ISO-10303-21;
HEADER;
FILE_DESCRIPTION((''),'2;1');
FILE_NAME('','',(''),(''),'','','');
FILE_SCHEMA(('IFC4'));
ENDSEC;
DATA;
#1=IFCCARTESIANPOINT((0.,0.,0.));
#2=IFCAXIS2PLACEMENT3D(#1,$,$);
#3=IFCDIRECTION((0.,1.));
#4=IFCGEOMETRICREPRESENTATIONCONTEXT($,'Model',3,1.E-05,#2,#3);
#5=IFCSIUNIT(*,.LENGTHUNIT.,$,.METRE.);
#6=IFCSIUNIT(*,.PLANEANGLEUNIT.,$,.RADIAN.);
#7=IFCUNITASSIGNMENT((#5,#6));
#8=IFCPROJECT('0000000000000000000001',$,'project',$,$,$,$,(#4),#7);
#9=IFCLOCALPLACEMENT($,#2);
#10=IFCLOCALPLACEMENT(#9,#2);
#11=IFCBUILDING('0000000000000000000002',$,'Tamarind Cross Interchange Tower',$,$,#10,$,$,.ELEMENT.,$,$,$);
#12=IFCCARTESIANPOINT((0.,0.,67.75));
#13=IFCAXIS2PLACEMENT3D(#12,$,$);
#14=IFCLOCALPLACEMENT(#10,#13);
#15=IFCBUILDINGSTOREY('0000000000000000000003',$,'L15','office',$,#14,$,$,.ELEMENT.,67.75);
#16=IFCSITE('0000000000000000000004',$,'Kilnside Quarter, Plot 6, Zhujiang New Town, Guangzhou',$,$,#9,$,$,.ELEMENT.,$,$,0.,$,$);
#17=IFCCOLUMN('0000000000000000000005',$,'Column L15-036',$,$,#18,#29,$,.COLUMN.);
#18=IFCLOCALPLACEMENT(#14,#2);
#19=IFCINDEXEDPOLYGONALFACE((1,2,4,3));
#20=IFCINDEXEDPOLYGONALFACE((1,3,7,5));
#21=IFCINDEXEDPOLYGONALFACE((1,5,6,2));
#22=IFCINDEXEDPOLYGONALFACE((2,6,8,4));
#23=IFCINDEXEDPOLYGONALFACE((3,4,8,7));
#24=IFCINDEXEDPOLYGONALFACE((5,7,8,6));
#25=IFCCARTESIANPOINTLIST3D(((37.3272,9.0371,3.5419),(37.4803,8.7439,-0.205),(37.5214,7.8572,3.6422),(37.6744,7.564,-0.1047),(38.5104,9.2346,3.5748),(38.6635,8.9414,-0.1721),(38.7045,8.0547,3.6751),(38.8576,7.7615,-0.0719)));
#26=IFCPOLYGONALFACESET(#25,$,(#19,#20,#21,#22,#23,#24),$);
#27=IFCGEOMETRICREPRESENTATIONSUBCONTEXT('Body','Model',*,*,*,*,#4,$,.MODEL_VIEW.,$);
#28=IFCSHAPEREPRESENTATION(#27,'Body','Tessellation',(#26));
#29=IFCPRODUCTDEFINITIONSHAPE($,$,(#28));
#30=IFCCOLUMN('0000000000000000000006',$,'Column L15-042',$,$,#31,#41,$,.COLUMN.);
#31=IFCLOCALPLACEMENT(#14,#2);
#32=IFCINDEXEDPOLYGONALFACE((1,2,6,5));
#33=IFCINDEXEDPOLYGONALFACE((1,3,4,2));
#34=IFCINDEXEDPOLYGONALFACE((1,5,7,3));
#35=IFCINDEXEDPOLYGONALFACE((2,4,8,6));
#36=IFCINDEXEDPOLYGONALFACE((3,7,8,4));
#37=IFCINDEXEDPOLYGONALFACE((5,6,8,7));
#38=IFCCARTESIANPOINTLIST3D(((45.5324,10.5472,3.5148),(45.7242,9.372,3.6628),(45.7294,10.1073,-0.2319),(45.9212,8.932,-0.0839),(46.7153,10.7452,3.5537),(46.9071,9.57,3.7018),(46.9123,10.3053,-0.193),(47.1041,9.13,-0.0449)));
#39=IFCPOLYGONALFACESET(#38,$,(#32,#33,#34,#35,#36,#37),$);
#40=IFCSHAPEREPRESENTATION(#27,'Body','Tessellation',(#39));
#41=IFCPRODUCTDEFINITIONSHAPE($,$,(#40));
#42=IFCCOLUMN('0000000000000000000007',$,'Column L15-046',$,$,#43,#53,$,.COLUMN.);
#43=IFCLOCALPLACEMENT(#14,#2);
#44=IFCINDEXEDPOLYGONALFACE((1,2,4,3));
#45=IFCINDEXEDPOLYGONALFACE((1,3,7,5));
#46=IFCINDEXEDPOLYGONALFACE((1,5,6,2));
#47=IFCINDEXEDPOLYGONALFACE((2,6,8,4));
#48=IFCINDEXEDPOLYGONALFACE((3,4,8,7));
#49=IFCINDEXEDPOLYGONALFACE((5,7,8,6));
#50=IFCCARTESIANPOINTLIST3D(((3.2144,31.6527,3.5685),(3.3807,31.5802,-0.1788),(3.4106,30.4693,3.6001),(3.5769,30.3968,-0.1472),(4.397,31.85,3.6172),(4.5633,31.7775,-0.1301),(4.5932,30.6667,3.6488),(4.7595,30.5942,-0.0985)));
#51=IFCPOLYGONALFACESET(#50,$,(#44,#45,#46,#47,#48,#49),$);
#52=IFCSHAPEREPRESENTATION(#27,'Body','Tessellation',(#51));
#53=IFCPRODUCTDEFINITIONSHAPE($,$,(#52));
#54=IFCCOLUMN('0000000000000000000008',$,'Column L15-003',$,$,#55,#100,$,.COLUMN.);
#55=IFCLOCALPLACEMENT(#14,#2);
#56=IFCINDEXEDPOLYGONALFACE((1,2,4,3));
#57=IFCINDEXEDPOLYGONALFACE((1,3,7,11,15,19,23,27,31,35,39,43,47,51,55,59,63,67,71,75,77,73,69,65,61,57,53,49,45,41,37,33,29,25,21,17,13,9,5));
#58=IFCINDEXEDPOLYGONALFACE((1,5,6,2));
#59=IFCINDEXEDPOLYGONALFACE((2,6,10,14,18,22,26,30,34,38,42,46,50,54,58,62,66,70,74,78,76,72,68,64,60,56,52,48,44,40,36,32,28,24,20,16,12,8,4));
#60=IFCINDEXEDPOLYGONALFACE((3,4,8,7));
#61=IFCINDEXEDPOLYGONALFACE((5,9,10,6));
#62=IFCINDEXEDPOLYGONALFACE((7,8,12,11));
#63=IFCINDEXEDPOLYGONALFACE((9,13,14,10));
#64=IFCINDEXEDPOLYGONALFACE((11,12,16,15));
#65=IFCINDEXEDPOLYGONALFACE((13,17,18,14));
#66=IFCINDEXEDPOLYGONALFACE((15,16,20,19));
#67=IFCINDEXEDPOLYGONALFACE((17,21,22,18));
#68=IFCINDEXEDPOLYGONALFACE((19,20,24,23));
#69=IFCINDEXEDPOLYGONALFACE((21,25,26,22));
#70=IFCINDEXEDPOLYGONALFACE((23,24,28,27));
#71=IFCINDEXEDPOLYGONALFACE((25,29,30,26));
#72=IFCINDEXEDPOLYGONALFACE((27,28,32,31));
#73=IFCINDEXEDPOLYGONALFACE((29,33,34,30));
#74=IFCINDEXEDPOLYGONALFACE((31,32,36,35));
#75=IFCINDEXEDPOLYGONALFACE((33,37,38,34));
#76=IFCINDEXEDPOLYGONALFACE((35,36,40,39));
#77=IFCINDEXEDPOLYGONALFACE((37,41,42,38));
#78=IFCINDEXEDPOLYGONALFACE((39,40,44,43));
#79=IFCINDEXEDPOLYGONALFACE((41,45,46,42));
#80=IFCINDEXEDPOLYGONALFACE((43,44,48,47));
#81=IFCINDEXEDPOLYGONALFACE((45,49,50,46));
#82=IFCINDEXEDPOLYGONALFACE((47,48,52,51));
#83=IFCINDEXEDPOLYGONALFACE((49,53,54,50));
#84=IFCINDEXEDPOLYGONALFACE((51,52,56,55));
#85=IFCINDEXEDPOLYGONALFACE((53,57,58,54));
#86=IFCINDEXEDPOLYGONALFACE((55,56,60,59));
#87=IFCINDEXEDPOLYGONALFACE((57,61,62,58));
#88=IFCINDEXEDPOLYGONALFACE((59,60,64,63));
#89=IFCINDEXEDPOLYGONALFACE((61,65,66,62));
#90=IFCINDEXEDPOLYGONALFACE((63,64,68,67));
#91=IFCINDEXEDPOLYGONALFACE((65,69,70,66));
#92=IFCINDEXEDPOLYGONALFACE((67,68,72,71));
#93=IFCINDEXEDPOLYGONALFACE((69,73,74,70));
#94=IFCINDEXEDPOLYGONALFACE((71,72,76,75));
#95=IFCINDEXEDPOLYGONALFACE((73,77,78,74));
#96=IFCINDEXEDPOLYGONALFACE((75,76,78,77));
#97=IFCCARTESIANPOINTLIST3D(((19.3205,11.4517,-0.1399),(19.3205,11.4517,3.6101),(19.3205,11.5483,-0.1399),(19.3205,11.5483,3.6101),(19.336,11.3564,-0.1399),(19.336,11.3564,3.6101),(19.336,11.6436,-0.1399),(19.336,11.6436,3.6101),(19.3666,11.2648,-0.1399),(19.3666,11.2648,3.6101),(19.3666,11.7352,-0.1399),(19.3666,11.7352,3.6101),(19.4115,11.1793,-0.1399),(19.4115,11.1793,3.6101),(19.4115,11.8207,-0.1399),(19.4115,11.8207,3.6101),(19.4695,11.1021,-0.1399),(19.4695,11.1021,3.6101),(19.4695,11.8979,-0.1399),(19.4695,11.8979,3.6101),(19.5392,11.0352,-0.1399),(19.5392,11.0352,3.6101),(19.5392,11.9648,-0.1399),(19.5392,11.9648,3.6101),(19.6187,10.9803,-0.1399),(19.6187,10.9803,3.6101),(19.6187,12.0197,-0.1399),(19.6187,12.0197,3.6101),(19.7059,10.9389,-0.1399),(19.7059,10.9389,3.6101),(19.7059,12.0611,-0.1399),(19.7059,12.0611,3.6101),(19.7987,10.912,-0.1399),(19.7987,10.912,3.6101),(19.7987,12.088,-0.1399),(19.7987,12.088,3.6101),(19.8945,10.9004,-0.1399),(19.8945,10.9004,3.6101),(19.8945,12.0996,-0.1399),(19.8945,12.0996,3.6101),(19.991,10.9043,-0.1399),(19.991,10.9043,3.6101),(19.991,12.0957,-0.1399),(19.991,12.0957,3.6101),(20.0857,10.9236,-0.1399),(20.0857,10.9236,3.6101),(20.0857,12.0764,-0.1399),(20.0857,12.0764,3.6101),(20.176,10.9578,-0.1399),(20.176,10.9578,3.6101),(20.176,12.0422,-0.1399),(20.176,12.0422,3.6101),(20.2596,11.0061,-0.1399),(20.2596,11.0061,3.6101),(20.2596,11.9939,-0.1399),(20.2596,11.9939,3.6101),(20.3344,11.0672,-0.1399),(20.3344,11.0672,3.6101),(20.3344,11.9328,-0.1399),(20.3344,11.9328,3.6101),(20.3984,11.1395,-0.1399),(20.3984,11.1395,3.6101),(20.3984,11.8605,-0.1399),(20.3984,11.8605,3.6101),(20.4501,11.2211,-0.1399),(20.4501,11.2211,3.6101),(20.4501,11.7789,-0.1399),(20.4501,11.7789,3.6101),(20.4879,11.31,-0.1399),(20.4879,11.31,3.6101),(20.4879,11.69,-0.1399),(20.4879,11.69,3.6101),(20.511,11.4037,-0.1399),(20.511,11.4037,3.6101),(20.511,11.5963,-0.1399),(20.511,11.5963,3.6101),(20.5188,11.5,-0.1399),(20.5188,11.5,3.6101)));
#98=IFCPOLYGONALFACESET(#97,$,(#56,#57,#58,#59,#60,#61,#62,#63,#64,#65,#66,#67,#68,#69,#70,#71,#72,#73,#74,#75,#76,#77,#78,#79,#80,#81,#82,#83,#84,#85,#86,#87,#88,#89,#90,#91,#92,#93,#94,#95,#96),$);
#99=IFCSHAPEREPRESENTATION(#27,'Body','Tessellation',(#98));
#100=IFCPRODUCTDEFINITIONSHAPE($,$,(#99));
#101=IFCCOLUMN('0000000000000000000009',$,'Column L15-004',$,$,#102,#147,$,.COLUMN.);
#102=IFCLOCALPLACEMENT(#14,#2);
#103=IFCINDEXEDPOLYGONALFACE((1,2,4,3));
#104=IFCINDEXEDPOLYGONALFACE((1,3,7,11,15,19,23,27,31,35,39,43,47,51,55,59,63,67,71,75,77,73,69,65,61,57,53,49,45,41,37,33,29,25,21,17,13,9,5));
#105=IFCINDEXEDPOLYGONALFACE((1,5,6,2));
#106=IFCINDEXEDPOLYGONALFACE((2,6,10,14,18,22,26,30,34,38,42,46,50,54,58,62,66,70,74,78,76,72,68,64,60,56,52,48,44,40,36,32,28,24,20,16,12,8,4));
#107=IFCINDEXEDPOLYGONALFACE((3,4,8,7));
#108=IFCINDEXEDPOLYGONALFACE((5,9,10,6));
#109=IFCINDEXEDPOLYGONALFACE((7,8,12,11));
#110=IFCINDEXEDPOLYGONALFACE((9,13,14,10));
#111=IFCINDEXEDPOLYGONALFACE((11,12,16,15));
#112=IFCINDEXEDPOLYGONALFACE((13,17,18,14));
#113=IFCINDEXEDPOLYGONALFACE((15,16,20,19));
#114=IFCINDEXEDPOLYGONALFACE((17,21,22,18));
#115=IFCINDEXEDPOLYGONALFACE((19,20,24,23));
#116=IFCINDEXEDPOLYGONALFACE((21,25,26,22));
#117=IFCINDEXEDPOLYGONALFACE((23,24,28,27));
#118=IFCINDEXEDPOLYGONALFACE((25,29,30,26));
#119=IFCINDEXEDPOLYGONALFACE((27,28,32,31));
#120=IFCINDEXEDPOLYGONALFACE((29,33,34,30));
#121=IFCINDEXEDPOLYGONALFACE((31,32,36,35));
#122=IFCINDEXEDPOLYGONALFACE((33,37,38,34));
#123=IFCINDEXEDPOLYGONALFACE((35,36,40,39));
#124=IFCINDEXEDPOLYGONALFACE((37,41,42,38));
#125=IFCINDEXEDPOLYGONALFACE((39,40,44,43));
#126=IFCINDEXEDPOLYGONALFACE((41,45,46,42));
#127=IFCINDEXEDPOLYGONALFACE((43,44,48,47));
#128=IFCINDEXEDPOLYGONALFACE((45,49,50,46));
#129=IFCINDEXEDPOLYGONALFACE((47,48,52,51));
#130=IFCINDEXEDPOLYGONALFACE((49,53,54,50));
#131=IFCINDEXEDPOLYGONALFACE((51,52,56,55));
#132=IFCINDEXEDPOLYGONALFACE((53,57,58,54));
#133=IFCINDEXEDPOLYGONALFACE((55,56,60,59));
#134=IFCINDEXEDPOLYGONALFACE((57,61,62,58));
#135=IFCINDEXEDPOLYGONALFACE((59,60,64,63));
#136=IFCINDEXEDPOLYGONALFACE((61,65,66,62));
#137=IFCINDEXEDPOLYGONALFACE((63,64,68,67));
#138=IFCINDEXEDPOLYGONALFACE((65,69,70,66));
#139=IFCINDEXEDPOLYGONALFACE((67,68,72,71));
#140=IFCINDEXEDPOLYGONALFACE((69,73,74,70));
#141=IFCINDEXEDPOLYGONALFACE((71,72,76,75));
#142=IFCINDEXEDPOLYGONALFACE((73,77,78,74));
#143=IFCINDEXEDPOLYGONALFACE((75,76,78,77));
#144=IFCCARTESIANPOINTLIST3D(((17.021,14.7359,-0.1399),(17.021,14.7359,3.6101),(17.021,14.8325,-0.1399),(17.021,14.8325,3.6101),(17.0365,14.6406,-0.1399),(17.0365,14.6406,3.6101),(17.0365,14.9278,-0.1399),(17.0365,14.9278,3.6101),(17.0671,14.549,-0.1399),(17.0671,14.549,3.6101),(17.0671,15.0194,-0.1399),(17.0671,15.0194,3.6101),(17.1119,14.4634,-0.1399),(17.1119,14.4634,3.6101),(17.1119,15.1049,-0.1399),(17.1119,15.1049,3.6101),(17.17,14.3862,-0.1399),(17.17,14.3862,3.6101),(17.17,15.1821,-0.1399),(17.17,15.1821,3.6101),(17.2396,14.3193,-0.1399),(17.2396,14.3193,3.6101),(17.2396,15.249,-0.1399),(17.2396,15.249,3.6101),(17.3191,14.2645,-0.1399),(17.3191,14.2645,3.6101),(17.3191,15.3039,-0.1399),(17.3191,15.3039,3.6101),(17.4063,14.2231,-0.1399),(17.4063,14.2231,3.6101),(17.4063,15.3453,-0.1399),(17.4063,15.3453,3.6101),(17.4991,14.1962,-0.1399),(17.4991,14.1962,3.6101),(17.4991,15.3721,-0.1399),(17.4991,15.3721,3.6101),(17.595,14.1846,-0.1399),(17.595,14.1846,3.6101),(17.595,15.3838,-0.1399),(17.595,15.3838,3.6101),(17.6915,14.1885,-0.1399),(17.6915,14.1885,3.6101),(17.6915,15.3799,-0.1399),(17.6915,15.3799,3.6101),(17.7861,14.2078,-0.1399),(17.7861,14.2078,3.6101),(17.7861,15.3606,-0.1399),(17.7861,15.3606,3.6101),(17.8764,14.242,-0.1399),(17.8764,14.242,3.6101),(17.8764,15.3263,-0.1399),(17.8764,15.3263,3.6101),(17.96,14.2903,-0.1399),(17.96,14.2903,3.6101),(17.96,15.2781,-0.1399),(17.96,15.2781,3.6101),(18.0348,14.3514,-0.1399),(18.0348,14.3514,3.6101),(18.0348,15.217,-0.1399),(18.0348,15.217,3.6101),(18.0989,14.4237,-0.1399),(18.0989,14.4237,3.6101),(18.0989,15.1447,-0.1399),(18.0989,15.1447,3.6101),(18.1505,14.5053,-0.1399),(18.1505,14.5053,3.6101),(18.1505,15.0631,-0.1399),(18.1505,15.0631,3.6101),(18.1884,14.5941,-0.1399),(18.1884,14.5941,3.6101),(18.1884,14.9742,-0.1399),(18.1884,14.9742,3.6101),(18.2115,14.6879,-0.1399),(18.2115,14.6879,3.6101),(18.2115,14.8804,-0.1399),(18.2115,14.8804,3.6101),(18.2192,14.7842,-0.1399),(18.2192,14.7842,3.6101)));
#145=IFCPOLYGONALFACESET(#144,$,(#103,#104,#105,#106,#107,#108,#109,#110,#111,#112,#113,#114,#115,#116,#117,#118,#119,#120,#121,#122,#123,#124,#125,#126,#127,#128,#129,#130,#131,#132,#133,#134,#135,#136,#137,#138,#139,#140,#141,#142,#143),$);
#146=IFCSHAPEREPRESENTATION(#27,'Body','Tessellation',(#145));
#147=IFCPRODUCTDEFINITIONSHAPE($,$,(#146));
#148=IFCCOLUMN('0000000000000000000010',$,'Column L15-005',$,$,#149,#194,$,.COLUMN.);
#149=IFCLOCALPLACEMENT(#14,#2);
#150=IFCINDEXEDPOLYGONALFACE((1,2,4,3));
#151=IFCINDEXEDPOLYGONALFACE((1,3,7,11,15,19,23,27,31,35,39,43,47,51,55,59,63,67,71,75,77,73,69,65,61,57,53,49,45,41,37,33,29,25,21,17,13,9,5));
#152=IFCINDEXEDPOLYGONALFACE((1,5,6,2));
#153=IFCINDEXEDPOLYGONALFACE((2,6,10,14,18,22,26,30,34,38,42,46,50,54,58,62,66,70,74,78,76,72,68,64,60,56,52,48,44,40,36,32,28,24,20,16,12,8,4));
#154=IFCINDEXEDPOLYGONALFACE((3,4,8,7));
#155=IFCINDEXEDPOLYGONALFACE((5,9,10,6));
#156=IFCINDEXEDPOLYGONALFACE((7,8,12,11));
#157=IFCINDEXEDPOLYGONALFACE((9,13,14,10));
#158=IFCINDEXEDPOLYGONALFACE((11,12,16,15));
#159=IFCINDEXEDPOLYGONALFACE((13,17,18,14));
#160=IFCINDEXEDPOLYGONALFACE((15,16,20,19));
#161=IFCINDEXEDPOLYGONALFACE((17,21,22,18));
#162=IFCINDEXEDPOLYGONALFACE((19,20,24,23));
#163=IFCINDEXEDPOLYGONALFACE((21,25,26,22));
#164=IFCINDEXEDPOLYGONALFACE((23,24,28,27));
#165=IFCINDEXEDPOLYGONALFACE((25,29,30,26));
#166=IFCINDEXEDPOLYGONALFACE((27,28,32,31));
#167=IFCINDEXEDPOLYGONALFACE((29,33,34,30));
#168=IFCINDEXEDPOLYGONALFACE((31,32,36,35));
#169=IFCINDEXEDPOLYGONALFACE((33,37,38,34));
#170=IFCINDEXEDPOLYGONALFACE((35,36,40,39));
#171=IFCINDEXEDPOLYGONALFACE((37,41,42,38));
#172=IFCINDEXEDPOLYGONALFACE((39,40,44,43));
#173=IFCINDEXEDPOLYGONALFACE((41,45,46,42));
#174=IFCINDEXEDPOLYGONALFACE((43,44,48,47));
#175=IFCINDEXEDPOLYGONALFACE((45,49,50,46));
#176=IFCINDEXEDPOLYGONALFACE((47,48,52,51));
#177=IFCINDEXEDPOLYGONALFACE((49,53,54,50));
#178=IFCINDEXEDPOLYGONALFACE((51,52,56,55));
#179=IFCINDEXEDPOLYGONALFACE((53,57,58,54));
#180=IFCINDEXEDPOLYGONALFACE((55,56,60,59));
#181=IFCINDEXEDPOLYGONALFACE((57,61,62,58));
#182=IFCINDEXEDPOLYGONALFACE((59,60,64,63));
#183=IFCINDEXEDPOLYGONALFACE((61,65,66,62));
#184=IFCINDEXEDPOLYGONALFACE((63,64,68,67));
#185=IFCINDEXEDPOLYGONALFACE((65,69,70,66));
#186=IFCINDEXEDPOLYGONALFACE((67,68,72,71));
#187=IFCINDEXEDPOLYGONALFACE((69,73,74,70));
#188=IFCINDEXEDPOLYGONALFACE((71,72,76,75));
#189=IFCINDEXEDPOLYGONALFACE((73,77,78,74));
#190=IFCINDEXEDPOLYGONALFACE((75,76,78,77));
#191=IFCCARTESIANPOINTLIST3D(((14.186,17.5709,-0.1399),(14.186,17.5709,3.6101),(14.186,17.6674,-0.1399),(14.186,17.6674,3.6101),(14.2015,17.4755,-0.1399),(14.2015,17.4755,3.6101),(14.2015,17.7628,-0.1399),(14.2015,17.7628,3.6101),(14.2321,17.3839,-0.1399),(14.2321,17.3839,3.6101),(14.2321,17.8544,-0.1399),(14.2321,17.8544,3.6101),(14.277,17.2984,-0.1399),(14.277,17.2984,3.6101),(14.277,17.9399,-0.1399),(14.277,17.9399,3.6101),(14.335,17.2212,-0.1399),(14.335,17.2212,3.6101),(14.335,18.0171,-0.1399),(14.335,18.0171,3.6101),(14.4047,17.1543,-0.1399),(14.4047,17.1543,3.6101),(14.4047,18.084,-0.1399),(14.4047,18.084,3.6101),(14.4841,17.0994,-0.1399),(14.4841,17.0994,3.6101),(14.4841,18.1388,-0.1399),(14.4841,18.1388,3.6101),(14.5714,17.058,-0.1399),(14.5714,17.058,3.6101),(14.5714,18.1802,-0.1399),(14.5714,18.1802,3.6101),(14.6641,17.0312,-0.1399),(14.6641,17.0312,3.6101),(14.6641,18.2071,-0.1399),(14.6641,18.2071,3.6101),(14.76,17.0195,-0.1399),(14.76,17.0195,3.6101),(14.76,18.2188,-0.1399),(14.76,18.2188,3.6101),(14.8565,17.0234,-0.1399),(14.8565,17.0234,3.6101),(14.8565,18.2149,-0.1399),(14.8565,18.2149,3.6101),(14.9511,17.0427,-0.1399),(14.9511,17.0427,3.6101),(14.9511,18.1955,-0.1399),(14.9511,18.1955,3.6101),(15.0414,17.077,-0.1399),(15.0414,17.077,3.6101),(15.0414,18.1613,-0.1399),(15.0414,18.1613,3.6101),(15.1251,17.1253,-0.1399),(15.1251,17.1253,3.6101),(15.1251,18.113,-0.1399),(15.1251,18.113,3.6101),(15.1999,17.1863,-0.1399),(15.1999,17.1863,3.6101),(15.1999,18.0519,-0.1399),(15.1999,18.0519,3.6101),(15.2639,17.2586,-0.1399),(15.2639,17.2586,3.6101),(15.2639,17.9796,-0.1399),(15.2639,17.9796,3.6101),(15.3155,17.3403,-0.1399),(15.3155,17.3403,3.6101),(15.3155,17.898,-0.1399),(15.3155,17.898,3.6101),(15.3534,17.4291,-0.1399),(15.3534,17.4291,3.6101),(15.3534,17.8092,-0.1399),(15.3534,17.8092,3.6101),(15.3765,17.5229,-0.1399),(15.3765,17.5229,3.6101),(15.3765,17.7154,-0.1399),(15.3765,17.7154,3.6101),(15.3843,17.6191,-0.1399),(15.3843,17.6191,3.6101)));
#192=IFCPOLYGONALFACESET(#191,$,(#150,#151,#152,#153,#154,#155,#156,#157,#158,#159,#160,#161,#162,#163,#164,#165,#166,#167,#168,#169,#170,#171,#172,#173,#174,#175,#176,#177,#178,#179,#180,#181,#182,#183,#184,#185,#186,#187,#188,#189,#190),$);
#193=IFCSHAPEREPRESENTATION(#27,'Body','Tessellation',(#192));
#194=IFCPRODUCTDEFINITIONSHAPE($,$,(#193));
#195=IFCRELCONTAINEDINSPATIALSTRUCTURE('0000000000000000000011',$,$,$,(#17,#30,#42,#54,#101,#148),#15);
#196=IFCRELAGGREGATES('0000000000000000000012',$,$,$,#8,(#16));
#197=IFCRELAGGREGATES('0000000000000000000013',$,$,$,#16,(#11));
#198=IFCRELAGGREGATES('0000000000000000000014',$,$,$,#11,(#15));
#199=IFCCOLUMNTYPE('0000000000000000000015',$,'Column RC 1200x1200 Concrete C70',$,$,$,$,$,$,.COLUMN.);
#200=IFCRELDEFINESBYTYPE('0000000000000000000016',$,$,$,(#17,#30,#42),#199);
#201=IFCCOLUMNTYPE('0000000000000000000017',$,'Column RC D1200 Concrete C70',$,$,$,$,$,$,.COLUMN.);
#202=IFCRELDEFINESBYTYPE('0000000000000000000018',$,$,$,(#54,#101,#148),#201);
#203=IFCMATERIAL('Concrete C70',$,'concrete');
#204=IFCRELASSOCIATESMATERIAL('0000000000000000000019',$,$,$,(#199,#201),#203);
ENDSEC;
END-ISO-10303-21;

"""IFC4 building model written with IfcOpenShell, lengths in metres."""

from ifc_helpers import new_model, si_unit, direction, frame, origin, origin_2d, place, context, subcontext, project, spatial, rectangle, circle, extrude, material, material_profile, profile_set, type_object, element, save


model = new_model("IFC4")

# Units and contexts
model_context = context("Model", 3, precision=1e-05, world=origin(), true_north=direction((0.0, 1.0)))
body_context = subcontext(model_context, "Body", "Model", "MODEL_VIEW")
ifc_project = project(units=[si_unit("LENGTHUNIT", "METRE"), si_unit("PLANEANGLEUNIT", "RADIAN")], contexts=[model_context])

# Site, building, storey
site_placement = place(None, origin())
site = spatial("IfcSite", under=ifc_project, at=site_placement, Name="Kilnside Quarter, Plot 6, Zhujiang New Town, Guangzhou", CompositionType="ELEMENT", RefElevation=0.0)
building_placement = place(site_placement, origin())
building = spatial("IfcBuilding", under=site, at=building_placement, Name="Tamarind Cross Interchange Tower", CompositionType="ELEMENT")
storey_placement = place(building_placement, frame((0.0, 0.0, 67.75)))
storey = spatial("IfcBuildingStorey", under=building, at=storey_placement, Name="L15", Description="office", CompositionType="ELEMENT", Elevation=67.75)

# Columns
ifc_material_1 = material(Name="Concrete C70", Category="concrete")
ifc_material_profile_1 = material_profile(ifc_material_1, rectangle(XDim=1.2, YDim=1.2, at=origin_2d()), Name="RC 1200x1200")
ifc_profile_set_1 = profile_set([ifc_material_profile_1], Name="Concrete C70")
column_type_1 = type_object("IfcColumnType", Name="Column RC 1200x1200 Concrete C70", PredefinedType="COLUMN", material=ifc_profile_set_1)
column_1_placement = place(storey_placement, frame((38.1689, 8.2527, -0.1384), z_axis=(-0.040697, 0.077953, 0.996126), x_axis=(0.161771, -0.983284, 0.083557)))
element("IfcColumn", 1, at=column_1_placement, inside=storey, type_object=column_type_1, Name="Column L15-036", PredefinedType="COLUMN", context=body_context, shape_type="SweptSolid", body=[
    extrude(rectangle(XDim=1.2, YDim=1.2, at=origin_2d()), origin(), (0.0, 0.0, 1.0), 3.7615),
])
column_2_placement = place(storey_placement, frame((46.4167, 9.6187, -0.1384), z_axis=(-0.052154, 0.116457, 0.991825), x_axis=(0.159863, -0.979395, 0.123404)))
element("IfcColumn", 2, at=column_2_placement, inside=storey, type_object=column_type_1, Name="Column L15-042", PredefinedType="COLUMN", context=body_context, shape_type="SweptSolid", body=[
    extrude(rectangle(XDim=1.2, YDim=1.2, at=origin_2d()), origin(), (0.0, 0.0, 1.0), 3.7776),
])
column_3_placement = place(storey_placement, frame((4.0701, 31.0872, -0.1387), z_axis=(-0.044316, 0.019327, 0.998831), x_axis=(0.163516, -0.986189, 0.026337)))
element("IfcColumn", 3, at=column_3_placement, inside=storey, type_object=column_type_1, Name="Column L15-046", PredefinedType="COLUMN", context=body_context, shape_type="SweptSolid", body=[
    extrude(rectangle(XDim=1.2, YDim=1.2, at=origin_2d()), origin(), (0.0, 0.0, 1.0), 3.7517),
])
ifc_material_profile_2 = material_profile(ifc_material_1, circle(Radius=0.6001, at=origin_2d()), Name="RC D1200")
ifc_profile_set_2 = profile_set([ifc_material_profile_2], Name="Concrete C70")
column_type_2 = type_object("IfcColumnType", Name="Column RC D1200 Concrete C70", PredefinedType="COLUMN", material=ifc_profile_set_2)
for number, where, z_axis, x_axis, name in (
    (4, (19.9187, 11.5, -0.1399), (0.0, 0.0, 1.0), (1.0, 0.0, 0.0), "Column L15-003"),
    (5, (17.6191, 14.7842, -0.1399), (0.0, 0.0, 1.0), (1.0, 0.0, 0.0), "Column L15-004"),
    (6, (14.7842, 17.6191, -0.1399), (0.0, 0.0, 1.0), (1.0, 0.0, 0.0), "Column L15-005"),
):
    element("IfcColumn", number, at=place(storey_placement, frame(where, z_axis=z_axis, x_axis=x_axis)), inside=storey, type_object=column_type_2, Name=name, PredefinedType="COLUMN", context=body_context, shape_type="SweptSolid", body=[
        extrude(circle(Radius=0.6001, at=origin_2d()), origin(), (0.0, 0.0, 1.0), 3.75),
    ])

save(model, "model.ifc")
